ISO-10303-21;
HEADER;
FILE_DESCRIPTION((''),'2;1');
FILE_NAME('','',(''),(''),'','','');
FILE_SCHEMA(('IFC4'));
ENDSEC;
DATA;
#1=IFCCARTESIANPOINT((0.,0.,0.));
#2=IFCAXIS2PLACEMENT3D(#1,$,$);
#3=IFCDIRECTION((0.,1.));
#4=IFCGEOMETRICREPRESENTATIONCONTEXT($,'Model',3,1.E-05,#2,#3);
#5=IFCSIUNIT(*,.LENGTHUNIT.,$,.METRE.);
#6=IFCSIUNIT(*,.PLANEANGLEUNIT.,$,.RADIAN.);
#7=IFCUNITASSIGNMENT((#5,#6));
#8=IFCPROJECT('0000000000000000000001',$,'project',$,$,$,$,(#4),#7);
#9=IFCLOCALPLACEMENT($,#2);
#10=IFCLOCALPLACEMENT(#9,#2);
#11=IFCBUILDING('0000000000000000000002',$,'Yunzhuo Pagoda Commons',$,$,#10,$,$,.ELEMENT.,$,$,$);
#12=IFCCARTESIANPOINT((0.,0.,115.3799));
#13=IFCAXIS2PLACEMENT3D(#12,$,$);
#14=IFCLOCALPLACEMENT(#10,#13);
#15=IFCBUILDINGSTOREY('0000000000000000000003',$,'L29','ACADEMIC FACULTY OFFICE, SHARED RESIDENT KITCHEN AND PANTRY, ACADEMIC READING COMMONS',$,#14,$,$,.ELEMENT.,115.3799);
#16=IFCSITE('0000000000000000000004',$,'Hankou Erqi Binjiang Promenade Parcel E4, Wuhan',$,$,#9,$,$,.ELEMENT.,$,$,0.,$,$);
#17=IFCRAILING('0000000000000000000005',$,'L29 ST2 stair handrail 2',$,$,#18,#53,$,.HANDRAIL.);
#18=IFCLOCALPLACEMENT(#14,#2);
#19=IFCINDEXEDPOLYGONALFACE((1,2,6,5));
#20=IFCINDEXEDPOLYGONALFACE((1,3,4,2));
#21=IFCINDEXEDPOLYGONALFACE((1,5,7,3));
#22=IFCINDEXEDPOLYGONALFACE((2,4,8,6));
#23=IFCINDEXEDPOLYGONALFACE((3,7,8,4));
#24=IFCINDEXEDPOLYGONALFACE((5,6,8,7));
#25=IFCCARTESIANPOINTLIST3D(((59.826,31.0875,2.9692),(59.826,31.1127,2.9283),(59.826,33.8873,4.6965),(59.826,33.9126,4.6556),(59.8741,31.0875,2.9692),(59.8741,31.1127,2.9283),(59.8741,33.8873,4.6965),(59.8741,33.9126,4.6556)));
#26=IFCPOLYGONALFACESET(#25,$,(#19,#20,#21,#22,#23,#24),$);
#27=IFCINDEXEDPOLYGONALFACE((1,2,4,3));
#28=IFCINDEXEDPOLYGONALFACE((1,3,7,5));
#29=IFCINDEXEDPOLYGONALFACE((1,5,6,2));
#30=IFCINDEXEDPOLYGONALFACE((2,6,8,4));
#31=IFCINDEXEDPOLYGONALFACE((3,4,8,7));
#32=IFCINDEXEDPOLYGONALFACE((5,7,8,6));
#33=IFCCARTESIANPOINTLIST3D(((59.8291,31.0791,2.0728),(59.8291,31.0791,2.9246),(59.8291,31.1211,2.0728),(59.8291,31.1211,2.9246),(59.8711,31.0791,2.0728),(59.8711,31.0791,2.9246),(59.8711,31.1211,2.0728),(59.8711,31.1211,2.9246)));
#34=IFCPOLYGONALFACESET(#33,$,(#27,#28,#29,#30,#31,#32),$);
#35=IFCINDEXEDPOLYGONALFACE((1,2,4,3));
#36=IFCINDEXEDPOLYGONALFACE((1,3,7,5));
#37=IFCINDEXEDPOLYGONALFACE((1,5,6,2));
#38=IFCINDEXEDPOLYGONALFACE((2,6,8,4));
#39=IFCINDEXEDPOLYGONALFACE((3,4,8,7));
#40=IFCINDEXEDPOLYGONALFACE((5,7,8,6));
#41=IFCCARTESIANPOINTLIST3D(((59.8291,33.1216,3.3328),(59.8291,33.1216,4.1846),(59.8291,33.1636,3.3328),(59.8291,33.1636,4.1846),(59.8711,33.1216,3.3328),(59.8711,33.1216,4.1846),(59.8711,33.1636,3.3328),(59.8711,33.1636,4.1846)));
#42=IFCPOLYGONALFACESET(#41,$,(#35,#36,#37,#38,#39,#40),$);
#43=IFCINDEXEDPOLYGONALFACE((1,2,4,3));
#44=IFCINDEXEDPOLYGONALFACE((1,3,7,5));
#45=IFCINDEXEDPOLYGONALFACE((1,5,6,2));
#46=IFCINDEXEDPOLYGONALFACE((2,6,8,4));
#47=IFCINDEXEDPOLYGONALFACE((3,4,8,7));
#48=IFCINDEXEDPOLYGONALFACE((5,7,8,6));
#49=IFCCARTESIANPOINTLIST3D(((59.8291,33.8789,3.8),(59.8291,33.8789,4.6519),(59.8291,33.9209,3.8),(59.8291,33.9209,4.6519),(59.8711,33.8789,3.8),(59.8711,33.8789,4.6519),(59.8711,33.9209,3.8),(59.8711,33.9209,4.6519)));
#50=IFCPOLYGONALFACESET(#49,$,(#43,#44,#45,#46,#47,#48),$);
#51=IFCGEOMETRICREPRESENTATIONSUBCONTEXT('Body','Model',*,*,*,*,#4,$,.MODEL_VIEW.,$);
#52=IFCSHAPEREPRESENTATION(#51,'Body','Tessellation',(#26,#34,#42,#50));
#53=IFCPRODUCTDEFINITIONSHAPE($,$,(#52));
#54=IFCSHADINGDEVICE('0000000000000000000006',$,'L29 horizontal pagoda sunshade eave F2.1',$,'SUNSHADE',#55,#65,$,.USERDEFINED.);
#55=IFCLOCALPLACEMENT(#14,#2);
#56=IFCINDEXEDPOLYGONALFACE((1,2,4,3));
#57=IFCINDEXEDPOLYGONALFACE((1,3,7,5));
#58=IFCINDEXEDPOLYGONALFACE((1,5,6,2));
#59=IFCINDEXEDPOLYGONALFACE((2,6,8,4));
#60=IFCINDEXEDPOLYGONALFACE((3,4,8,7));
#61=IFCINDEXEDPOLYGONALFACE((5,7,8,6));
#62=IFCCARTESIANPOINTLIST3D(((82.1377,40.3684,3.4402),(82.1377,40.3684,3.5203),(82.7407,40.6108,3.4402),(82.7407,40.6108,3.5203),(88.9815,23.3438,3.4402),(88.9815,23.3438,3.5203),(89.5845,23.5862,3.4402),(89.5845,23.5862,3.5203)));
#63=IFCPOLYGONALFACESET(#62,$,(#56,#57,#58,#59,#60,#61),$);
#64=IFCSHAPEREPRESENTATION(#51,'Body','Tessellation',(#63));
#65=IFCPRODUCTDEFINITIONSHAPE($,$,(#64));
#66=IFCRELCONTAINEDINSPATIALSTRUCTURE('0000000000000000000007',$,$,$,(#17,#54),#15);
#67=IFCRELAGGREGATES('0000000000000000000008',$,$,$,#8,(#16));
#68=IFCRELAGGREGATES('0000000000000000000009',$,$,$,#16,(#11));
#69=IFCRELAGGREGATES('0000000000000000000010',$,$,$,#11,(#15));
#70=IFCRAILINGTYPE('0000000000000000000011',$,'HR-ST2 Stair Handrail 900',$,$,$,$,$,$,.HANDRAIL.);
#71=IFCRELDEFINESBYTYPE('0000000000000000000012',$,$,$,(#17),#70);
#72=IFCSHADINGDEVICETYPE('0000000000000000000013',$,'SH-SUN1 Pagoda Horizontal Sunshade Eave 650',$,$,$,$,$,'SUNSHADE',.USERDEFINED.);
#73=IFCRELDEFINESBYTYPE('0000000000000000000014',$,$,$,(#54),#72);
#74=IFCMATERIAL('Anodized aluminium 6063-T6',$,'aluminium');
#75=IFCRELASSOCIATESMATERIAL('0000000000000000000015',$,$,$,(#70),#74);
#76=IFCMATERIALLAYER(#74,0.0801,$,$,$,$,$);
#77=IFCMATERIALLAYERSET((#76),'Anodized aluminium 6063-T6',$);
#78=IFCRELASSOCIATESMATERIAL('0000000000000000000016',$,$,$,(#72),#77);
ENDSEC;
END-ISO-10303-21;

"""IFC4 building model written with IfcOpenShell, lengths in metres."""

from ifc_helpers import new_model, si_unit, direction, frame, origin, origin_2d, place, context, subcontext, project, spatial, rectangle, extrude, source, transform, mapped, material, layer, layer_set, type_object, element, save


model = new_model("IFC4")

# Units and contexts
model_context = context("Model", 3, precision=1e-05, world=origin(), true_north=direction((0.0, 1.0)))
body_context = subcontext(model_context, "Body", "Model", "MODEL_VIEW")
ifc_project = project(units=[si_unit("LENGTHUNIT", "METRE"), si_unit("PLANEANGLEUNIT", "RADIAN")], contexts=[model_context])

# Site, building, storey
site_placement = place(None, origin())
site = spatial("IfcSite", under=ifc_project, at=site_placement, Name="Hankou Erqi Binjiang Promenade Parcel E4, Wuhan", CompositionType="ELEMENT", RefElevation=0.0)
building_placement = place(site_placement, origin())
building = spatial("IfcBuilding", under=site, at=building_placement, Name="Yunzhuo Pagoda Commons", CompositionType="ELEMENT")
storey_placement = place(building_placement, frame((0.0, 0.0, 115.3799)))
storey = spatial("IfcBuildingStorey", under=building, at=storey_placement, Name="L29", Description="ACADEMIC FACULTY OFFICE, SHARED RESIDENT KITCHEN AND PANTRY, ACADEMIC READING COMMONS", CompositionType="ELEMENT", Elevation=115.3799)

# Shared definitions
ifc_material_1 = material(Name="Anodized aluminium 6063-T6", Category="aluminium")

# Railing
railing_type = type_object("IfcRailingType", Name="HR-ST2 Stair Handrail 900", PredefinedType="HANDRAIL", material=ifc_material_1)
railing_placement = place(storey_placement, frame((59.8501, 31.1001, 2.0728)))
element("IfcRailing", 1, at=railing_placement, inside=storey, type_object=railing_type, Name="L29 ST2 stair handrail 2", PredefinedType="HANDRAIL", context=body_context, shape_type="SweptSolid", body=[
    extrude(rectangle(XDim=0.0481, YDim=0.0481, at=origin_2d()), frame((0.0, 0.0, 0.876), z_axis=(0.0, 0.851069, 0.525054), x_axis=(-1.0, 0.0, 0.0)), (0.0, 0.0, 1.0), 3.2898),
    extrude(rectangle(XDim=0.042, YDim=0.042, at=origin_2d()), origin(), (0.0, 0.0, 1.0), 0.8518),
    extrude(rectangle(XDim=0.042, YDim=0.042, at=origin_2d()), frame((0.0, 2.0425, 1.26)), (0.0, 0.0, 1.0), 0.8518),
    extrude(rectangle(XDim=0.042, YDim=0.042, at=origin_2d()), frame((0.0, 2.7998, 1.7273)), (0.0, 0.0, 1.0), 0.8518),
])

# Shading device
ifc_layer_1 = layer(ifc_material_1, 0.0801)
ifc_layer_set_1 = layer_set([ifc_layer_1], Name="Anodized aluminium 6063-T6")
shading_device_type = type_object("IfcShadingDeviceType", Name="SH-SUN1 Pagoda Horizontal Sunshade Eave 650", ElementType="SUNSHADE", PredefinedType="USERDEFINED", material=ifc_layer_set_1)
shared_shape_1 = source(origin(), body_context, "Body", "SweptSolid", [
    extrude(rectangle(XDim=18.3486, YDim=0.6499, at=origin_2d()), origin(), (0.0, 0.0, 1.0), 0.0801),
])
shading_device_placement = place(storey_placement, frame((85.8611, 31.9773, 3.4402), z_axis=(0.0, 0.0, 1.0), x_axis=(-0.372988, 0.927836, 0.0)))
element("IfcShadingDevice", 2, at=shading_device_placement, inside=storey, type_object=shading_device_type, Name="L29 horizontal pagoda sunshade eave F2.1", ObjectType="SUNSHADE", PredefinedType="USERDEFINED", context=body_context, shape_type="MappedRepresentation", body=[
    mapped(shared_shape_1, transform((0.0, 0.0, 0.0), scale=1.0)),
])

save(model, "model.ifc")
